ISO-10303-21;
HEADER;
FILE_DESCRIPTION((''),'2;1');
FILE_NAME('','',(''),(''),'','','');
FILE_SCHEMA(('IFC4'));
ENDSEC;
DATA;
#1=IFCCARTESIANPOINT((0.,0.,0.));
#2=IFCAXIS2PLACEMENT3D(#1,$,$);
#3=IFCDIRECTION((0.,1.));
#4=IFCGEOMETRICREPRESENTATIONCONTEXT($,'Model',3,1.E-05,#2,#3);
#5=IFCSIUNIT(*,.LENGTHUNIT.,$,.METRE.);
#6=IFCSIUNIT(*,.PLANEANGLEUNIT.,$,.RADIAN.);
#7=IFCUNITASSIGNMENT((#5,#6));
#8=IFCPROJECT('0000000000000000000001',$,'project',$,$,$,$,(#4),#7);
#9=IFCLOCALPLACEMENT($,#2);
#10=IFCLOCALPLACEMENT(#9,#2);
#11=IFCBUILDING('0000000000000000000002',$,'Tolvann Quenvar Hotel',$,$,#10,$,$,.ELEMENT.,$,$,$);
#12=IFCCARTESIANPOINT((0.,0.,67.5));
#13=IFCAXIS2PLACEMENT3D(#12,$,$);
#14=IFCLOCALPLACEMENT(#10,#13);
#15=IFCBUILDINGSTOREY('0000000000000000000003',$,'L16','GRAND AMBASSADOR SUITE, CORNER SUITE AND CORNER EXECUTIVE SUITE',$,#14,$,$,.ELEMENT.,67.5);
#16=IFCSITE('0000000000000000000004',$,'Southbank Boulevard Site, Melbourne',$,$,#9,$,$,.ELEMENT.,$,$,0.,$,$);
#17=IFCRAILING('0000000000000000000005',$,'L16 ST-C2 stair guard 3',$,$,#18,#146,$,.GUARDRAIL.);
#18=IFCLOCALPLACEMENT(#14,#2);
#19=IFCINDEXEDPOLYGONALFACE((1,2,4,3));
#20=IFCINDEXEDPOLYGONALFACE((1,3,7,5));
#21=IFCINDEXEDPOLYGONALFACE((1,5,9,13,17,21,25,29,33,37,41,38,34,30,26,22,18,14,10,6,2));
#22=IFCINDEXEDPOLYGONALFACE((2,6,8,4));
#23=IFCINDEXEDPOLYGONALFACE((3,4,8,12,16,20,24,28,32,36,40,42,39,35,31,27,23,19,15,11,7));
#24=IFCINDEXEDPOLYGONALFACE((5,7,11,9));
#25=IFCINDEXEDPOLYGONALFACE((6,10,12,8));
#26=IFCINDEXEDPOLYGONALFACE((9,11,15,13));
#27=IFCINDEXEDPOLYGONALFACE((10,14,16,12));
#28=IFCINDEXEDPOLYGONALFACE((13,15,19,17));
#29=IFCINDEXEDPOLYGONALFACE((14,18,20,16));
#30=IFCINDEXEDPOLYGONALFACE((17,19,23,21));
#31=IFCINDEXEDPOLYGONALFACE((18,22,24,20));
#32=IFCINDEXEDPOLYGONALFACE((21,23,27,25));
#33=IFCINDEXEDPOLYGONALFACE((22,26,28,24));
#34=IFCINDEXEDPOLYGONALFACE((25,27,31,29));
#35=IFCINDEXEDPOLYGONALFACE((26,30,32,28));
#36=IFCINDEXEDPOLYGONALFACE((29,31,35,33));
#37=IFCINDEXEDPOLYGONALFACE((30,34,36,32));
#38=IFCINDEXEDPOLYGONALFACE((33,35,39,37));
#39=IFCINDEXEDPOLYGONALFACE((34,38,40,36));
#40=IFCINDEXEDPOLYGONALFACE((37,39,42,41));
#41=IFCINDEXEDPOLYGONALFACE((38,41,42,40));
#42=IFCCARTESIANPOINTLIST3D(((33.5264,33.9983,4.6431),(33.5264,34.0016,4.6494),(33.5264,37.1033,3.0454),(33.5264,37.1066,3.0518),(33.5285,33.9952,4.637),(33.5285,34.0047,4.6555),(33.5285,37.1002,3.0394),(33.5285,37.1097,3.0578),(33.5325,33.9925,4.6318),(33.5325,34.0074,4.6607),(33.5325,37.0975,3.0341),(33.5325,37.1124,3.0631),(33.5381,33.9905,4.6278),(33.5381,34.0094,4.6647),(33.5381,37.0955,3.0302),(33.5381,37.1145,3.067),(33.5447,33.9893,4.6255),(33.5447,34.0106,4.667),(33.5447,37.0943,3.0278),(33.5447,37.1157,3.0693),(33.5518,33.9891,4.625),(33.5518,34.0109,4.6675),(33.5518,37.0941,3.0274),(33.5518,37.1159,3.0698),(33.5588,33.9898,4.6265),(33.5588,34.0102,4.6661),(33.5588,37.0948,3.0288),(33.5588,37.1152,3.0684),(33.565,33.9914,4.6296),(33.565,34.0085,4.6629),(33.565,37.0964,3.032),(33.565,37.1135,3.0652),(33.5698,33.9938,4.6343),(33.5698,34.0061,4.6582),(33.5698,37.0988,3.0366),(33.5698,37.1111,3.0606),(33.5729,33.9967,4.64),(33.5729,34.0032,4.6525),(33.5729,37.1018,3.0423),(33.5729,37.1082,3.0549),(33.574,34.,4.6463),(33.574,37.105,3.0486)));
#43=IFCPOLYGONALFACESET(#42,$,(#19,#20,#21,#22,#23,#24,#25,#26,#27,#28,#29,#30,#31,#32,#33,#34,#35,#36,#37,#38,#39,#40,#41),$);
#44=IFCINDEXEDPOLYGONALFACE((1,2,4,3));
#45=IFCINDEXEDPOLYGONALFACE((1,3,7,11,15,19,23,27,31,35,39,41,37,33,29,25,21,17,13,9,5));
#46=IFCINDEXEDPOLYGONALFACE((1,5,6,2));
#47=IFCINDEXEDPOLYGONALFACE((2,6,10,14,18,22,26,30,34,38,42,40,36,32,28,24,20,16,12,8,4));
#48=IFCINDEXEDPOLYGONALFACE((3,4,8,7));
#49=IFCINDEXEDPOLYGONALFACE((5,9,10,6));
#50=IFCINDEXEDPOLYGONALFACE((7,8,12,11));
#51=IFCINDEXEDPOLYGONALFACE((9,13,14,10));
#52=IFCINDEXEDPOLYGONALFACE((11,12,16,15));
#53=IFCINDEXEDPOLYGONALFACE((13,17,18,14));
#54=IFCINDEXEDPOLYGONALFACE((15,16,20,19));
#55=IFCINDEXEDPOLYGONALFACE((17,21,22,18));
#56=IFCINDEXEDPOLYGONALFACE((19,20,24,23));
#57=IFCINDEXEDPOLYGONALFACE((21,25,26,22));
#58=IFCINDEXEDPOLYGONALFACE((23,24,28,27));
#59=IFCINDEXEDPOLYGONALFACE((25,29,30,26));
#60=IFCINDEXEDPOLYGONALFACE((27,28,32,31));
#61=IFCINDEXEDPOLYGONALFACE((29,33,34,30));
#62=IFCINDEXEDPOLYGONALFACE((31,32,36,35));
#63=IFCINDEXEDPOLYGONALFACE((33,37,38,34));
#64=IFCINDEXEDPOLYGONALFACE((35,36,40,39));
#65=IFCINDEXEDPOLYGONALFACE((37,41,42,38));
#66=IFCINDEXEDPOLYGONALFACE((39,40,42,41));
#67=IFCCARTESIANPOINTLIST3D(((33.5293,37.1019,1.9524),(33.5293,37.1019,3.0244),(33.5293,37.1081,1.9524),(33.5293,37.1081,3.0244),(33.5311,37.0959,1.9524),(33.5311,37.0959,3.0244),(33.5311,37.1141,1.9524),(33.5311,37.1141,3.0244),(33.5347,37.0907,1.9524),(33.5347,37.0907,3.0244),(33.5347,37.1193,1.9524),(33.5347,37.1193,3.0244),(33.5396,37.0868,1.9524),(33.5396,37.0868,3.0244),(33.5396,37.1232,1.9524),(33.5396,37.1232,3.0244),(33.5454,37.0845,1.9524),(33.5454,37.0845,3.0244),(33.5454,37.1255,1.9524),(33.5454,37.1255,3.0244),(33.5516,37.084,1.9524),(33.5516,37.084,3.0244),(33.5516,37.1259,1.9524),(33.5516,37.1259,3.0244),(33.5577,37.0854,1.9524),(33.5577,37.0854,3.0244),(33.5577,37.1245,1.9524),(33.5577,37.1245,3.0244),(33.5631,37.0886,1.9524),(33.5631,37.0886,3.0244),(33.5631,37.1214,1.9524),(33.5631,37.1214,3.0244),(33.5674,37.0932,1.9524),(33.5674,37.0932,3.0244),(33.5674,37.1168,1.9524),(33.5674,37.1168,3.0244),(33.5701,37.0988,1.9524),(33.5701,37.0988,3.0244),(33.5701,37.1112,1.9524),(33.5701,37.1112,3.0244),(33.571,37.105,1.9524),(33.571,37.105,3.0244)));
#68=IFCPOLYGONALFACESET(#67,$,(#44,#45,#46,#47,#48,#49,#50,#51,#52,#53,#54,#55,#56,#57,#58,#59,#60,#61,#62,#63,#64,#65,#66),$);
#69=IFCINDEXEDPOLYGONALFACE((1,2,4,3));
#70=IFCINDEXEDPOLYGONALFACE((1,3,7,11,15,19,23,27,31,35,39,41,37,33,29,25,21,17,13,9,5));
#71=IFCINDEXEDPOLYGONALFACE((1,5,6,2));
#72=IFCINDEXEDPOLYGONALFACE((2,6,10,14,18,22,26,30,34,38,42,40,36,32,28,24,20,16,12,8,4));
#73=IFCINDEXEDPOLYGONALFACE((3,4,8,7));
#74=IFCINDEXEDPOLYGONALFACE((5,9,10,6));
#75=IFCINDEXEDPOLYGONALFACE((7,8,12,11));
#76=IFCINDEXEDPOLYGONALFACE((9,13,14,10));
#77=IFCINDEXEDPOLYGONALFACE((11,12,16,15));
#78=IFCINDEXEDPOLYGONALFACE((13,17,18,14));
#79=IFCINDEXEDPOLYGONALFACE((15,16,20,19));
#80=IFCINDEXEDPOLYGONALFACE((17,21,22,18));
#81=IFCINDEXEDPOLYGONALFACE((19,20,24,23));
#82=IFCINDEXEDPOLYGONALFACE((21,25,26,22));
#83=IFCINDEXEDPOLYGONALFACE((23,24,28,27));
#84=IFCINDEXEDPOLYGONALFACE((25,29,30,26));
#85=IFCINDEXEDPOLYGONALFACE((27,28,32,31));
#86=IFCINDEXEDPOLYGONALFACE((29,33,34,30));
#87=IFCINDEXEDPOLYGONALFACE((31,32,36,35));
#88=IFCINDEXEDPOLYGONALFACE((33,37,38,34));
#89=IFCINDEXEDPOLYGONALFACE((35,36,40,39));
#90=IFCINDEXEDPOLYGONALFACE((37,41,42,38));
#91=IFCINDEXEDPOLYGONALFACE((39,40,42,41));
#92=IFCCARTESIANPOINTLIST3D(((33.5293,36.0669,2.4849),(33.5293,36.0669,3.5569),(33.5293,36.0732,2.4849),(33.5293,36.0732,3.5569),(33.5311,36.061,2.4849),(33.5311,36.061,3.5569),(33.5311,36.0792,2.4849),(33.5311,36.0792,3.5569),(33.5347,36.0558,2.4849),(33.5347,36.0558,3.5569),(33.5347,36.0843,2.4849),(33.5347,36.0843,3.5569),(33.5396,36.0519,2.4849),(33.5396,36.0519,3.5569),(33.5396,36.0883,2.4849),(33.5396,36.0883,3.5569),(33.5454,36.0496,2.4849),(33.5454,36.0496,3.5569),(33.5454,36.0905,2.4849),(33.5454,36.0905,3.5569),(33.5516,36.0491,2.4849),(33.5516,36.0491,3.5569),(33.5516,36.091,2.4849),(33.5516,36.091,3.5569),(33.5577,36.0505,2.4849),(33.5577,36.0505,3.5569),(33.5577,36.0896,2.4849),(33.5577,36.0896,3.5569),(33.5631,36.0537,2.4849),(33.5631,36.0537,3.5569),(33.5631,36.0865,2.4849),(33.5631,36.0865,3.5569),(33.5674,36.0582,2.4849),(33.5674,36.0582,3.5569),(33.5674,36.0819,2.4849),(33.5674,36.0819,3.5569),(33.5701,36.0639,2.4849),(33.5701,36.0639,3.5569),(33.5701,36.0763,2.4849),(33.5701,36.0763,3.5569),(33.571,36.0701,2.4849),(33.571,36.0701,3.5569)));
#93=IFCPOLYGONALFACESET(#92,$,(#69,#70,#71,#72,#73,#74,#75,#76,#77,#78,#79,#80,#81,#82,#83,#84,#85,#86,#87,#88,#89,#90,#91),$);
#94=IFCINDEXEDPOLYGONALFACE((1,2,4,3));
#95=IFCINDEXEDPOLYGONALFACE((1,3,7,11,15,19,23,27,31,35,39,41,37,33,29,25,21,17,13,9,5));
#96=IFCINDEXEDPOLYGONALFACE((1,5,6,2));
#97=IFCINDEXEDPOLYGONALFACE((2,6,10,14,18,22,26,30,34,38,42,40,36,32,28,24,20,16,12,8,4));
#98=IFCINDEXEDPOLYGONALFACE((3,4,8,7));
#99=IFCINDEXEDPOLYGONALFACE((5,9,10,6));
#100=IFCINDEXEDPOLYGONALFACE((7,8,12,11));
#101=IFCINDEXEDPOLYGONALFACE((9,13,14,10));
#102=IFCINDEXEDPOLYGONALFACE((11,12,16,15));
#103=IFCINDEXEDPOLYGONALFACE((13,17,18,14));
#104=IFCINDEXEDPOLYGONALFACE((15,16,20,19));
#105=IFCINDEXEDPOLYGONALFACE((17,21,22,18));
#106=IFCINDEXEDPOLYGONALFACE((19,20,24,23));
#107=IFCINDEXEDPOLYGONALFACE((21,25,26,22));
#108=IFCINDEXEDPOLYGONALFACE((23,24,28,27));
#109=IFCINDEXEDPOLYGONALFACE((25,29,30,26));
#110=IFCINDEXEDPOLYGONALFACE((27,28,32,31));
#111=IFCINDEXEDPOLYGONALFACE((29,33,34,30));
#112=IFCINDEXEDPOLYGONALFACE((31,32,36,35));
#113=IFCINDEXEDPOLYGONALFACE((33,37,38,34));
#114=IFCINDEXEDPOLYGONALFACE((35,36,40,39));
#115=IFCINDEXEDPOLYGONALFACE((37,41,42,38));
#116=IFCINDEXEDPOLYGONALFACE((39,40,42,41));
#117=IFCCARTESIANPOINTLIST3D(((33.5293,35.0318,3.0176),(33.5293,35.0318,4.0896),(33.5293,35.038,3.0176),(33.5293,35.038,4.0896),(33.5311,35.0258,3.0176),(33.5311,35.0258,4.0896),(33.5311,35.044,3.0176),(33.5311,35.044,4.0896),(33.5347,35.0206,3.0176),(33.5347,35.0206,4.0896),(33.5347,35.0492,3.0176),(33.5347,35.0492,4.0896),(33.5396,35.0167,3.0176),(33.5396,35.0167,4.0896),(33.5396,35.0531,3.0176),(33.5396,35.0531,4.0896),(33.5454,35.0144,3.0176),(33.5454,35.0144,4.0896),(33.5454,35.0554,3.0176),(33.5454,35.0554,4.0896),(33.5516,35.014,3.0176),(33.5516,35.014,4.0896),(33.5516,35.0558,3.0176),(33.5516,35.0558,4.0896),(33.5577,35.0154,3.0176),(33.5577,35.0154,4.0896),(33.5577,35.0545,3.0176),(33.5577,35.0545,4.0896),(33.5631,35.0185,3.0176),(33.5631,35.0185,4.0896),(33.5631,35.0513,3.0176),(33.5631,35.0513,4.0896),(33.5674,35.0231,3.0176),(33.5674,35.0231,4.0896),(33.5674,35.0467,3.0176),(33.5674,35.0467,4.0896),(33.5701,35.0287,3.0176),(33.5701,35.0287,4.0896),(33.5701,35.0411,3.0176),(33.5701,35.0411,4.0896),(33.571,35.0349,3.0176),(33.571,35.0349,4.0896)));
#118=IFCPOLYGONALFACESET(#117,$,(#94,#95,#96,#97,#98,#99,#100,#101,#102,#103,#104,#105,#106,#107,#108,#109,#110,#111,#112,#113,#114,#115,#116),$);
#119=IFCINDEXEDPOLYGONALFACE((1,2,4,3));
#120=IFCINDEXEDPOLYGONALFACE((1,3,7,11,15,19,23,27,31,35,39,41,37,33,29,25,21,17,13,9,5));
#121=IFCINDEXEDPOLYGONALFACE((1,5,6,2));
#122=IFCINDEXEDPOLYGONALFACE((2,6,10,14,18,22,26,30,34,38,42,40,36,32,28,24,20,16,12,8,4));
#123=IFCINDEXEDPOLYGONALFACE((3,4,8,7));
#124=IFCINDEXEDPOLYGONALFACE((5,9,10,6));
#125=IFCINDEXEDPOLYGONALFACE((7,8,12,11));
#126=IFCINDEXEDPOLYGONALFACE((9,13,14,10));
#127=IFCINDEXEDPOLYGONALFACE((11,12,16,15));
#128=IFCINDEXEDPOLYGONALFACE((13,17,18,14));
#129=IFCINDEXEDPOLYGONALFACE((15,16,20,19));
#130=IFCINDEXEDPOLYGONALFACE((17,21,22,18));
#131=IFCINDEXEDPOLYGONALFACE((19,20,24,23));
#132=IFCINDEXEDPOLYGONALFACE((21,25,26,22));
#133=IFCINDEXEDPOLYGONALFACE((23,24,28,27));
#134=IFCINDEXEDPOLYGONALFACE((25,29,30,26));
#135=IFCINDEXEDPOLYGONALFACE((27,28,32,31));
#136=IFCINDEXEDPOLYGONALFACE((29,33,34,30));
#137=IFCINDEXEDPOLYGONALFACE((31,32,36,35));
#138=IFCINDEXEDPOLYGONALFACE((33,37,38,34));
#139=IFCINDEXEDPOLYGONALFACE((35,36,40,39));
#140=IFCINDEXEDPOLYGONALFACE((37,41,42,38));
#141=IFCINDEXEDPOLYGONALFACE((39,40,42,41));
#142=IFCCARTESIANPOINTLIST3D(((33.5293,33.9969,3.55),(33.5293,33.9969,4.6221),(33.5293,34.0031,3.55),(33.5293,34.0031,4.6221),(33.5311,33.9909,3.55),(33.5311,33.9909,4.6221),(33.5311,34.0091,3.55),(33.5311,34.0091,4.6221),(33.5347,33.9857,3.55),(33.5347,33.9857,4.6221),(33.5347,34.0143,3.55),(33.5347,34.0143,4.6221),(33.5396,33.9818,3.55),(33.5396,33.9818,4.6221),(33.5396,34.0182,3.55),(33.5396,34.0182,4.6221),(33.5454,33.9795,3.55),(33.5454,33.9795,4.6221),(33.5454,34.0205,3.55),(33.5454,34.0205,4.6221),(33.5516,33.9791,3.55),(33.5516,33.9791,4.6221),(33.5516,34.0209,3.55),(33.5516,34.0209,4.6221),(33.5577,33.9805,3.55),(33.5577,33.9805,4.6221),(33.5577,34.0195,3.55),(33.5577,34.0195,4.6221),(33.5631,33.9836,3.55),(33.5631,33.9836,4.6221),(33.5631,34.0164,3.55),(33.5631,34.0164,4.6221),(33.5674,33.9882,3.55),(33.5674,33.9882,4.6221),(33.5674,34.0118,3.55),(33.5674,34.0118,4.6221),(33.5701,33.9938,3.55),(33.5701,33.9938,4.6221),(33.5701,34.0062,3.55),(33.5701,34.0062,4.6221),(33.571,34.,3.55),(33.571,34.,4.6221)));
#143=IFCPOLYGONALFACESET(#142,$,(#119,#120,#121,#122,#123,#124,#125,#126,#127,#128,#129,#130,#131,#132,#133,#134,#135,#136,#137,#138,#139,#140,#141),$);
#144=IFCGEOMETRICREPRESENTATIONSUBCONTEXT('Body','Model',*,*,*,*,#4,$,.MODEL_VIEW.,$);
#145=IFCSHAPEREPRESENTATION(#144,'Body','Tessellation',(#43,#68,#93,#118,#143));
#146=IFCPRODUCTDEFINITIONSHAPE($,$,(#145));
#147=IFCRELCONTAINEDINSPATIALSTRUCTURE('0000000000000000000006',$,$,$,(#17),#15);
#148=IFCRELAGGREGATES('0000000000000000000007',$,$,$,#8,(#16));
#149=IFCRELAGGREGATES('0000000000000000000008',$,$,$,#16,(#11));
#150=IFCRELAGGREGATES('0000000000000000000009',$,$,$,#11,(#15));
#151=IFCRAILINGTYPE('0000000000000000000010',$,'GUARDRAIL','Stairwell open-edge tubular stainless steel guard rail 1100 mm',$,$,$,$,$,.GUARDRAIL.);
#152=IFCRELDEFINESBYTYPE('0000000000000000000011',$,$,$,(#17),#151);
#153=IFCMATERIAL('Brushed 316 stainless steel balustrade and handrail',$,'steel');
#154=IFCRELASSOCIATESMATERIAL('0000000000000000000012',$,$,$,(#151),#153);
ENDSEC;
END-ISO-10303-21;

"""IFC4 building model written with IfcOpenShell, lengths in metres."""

from ifc_helpers import new_model, si_unit, direction, frame, origin, origin_2d, place, context, subcontext, project, spatial, circle, extrude, material, type_object, element, save


model = new_model("IFC4")

# Units and contexts
model_context = context("Model", 3, precision=1e-05, world=origin(), true_north=direction((0.0, 1.0)))
body_context = subcontext(model_context, "Body", "Model", "MODEL_VIEW")
ifc_project = project(units=[si_unit("LENGTHUNIT", "METRE"), si_unit("PLANEANGLEUNIT", "RADIAN")], contexts=[model_context])

# Site, building, storey
site_placement = place(None, origin())
site = spatial("IfcSite", under=ifc_project, at=site_placement, Name="Southbank Boulevard Site, Melbourne", CompositionType="ELEMENT", RefElevation=0.0)
building_placement = place(site_placement, origin())
building = spatial("IfcBuilding", under=site, at=building_placement, Name="Tolvann Quenvar Hotel", CompositionType="ELEMENT")
storey_placement = place(building_placement, frame((0.0, 0.0, 67.5)))
storey = spatial("IfcBuildingStorey", under=building, at=storey_placement, Name="L16", Description="GRAND AMBASSADOR SUITE, CORNER SUITE AND CORNER EXECUTIVE SUITE", CompositionType="ELEMENT", Elevation=67.5)

# Railing
ifc_material_1 = material(Name="Brushed 316 stainless steel balustrade and handrail", Category="steel")
railing_type_1 = type_object("IfcRailingType", Name="GUARDRAIL", Description="Stairwell open-edge tubular stainless steel guard rail 1100 mm", PredefinedType="GUARDRAIL", material=ifc_material_1)
railing_1_placement = place(storey_placement, frame((33.55, 37.105, 1.9524)))
element("IfcRailing", 1, at=railing_1_placement, inside=storey, type_object=railing_type_1, Name="L16 ST-C2 stair guard 3", PredefinedType="GUARDRAIL", context=body_context, shape_type="SweptSolid", body=[
    extrude(circle(Radius=0.0239, at=origin_2d()), frame((0.0, 0.0, 1.0962), z_axis=(0.0, -0.889194, 0.457531), x_axis=(1.0, 0.0, 0.0)), (0.0, 0.0, 1.0), 3.4919),
    extrude(circle(Radius=0.021, at=origin_2d()), origin(), (0.0, 0.0, 1.0), 1.072),
    extrude(circle(Radius=0.021, at=origin_2d()), frame((0.0, -1.0349, 0.5325)), (0.0, 0.0, 1.0), 1.072),
    extrude(circle(Radius=0.021, at=origin_2d()), frame((0.0, -2.0701, 1.0652)), (0.0, 0.0, 1.0), 1.072),
    extrude(circle(Radius=0.021, at=origin_2d()), frame((0.0, -3.105, 1.5977)), (0.0, 0.0, 1.0), 1.072),
])

save(model, "model.ifc")
